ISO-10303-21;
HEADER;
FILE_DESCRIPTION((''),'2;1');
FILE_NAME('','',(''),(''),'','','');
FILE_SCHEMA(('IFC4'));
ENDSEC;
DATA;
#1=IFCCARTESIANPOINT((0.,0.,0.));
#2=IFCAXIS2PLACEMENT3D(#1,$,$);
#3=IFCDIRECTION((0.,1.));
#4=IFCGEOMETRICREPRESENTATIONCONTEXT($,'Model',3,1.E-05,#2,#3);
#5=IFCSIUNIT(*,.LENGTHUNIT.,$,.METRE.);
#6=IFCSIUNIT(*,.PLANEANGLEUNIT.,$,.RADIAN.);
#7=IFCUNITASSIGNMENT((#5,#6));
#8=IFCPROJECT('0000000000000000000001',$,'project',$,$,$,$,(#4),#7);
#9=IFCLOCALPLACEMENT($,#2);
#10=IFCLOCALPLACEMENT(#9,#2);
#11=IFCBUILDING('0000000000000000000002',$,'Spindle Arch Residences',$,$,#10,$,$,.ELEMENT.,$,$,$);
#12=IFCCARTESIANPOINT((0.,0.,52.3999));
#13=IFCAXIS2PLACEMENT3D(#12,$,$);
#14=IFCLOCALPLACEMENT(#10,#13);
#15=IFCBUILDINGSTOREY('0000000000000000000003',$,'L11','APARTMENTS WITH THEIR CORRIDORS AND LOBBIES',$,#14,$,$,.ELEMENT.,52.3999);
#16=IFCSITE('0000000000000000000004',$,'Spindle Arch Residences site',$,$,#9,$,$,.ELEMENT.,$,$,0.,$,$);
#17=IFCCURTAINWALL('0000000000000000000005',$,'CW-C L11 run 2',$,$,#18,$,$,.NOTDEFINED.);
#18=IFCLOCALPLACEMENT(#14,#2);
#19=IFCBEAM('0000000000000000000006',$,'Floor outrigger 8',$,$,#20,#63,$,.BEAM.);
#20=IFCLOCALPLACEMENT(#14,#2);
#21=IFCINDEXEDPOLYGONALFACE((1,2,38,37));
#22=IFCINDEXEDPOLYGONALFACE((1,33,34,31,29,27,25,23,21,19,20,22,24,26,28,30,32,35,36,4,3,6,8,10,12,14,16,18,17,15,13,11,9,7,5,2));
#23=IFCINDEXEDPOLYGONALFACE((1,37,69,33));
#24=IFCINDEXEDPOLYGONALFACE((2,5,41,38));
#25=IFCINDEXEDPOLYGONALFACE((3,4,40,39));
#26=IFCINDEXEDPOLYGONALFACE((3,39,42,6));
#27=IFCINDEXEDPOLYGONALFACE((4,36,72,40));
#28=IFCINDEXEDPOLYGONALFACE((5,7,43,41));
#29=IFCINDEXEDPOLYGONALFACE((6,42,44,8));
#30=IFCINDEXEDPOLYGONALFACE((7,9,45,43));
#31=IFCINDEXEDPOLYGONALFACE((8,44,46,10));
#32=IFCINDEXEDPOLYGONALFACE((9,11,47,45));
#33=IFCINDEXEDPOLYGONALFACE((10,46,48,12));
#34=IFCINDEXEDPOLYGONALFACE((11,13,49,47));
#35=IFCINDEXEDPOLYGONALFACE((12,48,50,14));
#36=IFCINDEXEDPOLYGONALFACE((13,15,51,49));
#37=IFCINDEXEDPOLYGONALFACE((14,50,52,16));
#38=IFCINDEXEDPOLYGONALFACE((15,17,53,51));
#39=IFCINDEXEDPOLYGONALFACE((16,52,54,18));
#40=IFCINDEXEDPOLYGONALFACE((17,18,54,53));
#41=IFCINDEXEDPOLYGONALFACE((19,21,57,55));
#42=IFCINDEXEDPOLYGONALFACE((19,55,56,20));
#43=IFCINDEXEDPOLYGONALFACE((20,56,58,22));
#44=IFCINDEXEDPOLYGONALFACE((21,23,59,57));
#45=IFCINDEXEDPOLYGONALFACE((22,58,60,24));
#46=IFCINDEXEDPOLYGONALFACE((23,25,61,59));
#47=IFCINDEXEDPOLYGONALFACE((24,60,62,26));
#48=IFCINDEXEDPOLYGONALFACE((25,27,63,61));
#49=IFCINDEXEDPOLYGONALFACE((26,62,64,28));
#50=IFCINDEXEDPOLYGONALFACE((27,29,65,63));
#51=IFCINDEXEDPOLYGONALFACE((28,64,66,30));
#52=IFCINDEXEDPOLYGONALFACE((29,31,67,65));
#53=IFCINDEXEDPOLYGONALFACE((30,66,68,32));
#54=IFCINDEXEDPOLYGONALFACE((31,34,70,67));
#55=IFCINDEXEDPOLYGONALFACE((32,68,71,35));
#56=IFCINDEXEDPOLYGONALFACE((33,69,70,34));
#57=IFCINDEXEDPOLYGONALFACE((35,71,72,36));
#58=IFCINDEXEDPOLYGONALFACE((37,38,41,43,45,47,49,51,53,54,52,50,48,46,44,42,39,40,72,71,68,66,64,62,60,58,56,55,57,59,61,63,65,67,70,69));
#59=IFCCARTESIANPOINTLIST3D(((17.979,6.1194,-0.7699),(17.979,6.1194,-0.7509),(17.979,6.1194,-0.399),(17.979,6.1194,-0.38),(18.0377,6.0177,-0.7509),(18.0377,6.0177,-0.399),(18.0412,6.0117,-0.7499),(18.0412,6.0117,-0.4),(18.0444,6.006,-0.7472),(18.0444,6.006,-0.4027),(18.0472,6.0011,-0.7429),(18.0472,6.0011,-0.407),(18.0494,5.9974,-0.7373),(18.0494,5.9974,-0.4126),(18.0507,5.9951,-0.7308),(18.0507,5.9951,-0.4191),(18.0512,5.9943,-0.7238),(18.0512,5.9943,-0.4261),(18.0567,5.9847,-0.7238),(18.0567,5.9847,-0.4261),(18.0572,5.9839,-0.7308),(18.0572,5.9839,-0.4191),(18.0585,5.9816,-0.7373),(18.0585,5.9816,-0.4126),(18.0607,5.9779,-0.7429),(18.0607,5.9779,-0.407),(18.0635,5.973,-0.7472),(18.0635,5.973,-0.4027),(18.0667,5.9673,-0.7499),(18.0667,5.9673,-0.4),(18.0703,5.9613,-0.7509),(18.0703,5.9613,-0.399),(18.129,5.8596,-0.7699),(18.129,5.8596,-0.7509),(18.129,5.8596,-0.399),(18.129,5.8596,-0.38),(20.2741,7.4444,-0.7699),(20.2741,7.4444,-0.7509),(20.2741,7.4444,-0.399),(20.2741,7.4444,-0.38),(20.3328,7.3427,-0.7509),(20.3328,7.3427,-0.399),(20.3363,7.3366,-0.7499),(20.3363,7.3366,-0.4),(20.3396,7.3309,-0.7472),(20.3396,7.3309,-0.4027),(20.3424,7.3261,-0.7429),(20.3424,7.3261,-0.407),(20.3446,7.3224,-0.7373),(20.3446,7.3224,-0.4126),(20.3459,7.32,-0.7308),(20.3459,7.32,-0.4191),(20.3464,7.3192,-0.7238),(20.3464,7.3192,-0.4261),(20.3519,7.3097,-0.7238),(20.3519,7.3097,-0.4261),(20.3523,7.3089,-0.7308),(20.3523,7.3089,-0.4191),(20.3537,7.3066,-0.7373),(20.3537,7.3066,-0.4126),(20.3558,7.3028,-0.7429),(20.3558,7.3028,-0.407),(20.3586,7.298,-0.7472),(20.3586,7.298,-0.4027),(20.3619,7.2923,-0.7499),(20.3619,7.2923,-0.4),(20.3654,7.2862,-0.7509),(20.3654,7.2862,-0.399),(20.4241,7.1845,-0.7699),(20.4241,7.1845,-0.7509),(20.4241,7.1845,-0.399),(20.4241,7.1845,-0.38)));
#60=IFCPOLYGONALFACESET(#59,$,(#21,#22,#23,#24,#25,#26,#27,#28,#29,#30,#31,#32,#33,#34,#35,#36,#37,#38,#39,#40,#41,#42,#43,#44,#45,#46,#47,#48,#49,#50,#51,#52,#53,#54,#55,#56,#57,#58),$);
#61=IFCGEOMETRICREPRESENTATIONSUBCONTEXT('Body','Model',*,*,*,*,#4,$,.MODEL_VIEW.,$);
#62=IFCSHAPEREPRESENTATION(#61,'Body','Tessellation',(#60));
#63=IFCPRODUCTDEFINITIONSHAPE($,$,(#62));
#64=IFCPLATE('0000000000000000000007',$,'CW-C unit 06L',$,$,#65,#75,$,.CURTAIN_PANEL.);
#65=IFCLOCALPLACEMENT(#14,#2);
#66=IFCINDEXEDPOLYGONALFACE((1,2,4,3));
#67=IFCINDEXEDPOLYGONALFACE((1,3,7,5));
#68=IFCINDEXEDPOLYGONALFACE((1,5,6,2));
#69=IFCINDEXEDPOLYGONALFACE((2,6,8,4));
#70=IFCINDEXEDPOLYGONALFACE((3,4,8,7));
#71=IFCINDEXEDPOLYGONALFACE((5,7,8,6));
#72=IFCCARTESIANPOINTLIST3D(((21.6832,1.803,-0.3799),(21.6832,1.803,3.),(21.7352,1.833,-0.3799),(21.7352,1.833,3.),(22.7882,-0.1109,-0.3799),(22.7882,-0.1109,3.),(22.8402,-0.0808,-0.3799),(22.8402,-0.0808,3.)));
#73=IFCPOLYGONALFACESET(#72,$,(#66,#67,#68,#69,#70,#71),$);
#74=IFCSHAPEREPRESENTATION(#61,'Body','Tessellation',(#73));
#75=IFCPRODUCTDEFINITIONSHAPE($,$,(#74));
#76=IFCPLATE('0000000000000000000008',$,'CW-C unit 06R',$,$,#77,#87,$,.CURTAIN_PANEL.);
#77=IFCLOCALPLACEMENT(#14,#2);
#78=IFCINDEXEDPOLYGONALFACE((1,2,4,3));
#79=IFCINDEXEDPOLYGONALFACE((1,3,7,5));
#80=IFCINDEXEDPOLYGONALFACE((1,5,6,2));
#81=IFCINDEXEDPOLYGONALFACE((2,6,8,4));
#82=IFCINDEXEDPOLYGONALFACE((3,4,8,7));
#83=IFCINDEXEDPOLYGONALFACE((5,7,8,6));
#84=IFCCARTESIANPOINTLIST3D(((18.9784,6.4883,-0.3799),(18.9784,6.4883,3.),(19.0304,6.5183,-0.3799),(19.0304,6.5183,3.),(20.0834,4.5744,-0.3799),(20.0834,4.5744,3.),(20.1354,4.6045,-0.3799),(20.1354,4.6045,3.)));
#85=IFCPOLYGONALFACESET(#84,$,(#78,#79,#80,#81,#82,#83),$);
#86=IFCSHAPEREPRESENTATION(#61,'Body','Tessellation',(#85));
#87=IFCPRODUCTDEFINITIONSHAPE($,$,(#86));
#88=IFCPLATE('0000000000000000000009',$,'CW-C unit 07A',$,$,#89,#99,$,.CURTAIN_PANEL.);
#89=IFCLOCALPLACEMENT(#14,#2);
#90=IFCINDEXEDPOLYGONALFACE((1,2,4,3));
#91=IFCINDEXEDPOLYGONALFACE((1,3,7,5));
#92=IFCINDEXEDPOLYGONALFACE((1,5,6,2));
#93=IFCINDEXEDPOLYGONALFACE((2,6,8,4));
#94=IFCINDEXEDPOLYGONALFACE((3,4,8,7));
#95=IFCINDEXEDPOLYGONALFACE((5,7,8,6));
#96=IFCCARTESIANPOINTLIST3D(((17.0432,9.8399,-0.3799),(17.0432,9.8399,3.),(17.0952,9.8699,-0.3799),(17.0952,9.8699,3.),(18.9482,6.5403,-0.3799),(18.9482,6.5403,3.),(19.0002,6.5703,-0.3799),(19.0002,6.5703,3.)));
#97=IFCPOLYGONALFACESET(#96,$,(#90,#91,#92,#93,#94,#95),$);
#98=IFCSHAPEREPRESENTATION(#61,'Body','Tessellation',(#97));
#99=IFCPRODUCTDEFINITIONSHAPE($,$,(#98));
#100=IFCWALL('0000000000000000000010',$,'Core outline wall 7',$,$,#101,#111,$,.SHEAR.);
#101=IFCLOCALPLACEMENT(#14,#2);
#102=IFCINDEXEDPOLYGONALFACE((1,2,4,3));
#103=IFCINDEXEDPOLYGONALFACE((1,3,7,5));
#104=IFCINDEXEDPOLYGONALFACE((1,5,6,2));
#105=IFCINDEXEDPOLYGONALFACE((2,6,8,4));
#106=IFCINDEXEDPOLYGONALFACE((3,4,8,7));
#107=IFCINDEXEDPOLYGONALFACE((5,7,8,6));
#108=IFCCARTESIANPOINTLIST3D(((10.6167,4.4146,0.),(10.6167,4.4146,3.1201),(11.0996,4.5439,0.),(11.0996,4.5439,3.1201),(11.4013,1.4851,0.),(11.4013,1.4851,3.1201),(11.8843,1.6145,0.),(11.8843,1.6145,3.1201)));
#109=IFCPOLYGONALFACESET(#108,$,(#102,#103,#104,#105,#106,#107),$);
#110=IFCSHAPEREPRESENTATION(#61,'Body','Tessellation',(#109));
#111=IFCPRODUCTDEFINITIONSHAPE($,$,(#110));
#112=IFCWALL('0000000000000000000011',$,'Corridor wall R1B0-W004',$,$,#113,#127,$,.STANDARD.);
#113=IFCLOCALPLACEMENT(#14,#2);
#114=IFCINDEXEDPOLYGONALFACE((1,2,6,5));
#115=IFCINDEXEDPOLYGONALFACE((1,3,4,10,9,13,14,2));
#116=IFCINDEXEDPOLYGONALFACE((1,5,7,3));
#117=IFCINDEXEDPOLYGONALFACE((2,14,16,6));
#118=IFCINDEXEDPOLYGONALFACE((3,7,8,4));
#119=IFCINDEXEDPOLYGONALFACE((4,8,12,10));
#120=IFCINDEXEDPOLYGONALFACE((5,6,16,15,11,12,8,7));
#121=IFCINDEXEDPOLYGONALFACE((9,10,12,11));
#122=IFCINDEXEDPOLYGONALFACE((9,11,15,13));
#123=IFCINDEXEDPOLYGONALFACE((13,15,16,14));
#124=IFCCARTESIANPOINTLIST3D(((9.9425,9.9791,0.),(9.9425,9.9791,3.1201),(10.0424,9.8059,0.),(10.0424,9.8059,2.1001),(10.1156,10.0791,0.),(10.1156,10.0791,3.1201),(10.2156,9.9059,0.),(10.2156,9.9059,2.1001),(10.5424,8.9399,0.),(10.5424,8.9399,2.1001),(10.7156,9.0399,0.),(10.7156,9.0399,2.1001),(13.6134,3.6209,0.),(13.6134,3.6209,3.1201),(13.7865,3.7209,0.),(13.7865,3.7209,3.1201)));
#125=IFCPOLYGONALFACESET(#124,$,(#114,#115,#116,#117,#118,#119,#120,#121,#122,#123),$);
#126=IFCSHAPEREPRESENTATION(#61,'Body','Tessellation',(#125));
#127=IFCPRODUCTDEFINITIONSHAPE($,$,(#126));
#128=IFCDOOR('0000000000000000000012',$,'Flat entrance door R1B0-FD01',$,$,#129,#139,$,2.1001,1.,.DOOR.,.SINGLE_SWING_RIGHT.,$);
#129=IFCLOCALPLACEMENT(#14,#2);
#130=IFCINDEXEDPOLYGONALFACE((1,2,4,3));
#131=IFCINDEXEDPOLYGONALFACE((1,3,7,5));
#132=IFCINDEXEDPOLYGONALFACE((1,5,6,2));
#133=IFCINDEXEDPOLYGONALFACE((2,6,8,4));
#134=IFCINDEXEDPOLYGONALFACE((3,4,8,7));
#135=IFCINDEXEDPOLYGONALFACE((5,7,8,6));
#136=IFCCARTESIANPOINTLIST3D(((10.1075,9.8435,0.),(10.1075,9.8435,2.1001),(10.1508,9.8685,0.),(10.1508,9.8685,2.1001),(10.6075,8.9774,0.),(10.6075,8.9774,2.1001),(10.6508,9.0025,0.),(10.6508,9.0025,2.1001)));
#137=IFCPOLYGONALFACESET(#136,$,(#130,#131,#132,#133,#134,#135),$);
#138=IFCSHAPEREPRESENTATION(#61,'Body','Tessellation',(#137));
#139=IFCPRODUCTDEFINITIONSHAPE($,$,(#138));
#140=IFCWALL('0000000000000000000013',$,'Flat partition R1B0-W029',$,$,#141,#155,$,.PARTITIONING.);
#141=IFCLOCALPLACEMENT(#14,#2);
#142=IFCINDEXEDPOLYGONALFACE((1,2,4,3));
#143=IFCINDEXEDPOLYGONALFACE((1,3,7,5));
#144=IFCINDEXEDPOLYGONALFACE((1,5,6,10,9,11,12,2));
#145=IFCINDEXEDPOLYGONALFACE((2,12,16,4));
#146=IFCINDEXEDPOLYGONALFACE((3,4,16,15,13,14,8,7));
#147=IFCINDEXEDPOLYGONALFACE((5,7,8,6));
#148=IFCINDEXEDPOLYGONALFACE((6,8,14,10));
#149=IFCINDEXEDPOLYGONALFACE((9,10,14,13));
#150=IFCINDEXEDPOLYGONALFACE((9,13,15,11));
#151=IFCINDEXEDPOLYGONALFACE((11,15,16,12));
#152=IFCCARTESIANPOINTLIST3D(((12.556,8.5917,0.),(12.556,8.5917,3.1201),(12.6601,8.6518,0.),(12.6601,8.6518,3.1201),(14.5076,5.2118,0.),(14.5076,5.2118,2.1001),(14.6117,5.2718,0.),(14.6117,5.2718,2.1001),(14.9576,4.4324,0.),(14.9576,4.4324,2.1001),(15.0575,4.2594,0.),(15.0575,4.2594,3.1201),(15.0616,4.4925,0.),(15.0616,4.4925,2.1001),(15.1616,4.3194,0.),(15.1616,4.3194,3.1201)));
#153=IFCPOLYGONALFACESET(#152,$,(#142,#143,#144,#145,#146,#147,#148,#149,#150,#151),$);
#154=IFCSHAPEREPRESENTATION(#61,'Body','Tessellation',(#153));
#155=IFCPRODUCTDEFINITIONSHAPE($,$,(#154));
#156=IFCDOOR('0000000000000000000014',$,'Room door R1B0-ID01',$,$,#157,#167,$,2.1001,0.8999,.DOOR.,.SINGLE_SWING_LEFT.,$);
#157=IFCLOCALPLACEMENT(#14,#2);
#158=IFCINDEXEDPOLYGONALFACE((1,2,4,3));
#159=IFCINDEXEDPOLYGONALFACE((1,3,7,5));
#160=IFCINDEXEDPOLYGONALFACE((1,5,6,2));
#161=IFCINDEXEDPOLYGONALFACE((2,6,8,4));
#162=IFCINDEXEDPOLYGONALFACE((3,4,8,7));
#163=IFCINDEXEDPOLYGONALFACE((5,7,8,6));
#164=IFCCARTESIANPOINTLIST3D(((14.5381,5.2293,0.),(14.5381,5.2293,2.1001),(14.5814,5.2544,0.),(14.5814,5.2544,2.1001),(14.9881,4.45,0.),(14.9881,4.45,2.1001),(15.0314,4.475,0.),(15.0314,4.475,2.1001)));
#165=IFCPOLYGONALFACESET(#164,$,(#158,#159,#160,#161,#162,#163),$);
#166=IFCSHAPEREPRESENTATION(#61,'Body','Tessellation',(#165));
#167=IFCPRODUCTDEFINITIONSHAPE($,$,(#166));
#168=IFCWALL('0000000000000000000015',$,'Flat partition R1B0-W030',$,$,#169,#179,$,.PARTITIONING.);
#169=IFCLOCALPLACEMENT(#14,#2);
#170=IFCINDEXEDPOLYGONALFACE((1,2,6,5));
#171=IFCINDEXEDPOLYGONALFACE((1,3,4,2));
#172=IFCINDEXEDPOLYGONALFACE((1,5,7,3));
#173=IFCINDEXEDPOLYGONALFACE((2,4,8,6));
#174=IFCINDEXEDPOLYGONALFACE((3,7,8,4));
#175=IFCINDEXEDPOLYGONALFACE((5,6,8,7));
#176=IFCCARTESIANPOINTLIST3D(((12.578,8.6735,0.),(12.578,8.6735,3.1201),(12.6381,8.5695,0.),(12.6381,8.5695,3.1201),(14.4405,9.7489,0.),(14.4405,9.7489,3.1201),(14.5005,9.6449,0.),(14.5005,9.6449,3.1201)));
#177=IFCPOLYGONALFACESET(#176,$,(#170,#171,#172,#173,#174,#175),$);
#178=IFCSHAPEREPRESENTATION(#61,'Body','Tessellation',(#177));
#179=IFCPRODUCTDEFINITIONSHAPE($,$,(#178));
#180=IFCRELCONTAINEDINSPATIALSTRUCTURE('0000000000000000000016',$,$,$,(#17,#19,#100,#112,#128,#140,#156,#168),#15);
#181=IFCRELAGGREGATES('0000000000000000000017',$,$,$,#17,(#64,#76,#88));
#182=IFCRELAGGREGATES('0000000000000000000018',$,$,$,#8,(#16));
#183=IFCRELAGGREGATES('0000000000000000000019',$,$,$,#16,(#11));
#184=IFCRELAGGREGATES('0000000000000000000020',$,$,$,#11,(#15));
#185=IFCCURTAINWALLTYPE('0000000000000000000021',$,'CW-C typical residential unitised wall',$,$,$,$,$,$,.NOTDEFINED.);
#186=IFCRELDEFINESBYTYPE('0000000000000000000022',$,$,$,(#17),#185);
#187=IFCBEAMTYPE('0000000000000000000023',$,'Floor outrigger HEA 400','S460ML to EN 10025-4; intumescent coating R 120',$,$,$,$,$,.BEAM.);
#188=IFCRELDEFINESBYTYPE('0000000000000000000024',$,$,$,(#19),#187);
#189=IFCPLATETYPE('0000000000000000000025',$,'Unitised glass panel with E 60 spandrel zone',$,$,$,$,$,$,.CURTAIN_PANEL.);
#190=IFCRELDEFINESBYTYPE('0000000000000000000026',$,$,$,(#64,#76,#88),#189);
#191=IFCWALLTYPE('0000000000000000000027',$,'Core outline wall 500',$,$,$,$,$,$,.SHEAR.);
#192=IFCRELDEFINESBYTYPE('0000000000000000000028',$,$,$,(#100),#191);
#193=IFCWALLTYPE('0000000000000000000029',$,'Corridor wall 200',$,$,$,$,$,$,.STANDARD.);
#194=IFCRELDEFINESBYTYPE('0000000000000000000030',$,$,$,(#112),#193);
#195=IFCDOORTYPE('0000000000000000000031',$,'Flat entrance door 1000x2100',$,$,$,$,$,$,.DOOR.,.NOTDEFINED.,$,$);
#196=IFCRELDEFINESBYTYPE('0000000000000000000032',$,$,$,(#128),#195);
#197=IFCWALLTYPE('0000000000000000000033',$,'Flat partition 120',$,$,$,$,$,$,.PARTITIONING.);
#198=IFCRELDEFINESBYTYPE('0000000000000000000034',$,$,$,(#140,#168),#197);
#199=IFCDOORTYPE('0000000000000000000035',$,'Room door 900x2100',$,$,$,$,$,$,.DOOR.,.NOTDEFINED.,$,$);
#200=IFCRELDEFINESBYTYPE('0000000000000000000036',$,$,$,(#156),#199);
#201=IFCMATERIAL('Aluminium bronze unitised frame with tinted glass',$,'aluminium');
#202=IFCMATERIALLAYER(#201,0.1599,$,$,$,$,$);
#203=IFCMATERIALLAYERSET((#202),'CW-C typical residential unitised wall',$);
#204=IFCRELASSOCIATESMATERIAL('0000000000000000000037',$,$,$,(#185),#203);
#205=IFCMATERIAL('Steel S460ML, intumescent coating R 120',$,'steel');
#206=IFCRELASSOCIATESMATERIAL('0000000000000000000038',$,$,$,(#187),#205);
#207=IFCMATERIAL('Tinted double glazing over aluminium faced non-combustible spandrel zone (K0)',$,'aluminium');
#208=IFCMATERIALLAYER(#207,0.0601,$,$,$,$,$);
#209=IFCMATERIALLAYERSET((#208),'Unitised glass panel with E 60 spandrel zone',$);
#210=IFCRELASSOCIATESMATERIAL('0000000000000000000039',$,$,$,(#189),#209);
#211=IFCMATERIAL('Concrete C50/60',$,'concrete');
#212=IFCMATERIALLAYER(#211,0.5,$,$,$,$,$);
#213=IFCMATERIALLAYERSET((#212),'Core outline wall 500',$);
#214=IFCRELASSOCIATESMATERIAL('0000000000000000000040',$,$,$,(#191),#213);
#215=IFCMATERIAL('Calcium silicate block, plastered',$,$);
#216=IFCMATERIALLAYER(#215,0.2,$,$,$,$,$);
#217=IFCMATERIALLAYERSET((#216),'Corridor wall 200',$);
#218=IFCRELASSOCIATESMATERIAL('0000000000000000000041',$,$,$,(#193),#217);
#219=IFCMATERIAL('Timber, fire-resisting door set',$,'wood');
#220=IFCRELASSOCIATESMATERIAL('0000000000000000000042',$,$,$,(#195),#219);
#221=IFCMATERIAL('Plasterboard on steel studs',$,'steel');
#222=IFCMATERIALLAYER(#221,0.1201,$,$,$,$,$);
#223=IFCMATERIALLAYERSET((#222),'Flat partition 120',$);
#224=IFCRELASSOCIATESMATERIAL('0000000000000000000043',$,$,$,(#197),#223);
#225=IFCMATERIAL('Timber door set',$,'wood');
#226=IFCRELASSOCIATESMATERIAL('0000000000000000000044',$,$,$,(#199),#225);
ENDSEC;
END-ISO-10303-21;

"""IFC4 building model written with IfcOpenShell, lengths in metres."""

from ifc_helpers import new_model, si_unit, direction, frame, frame_2d, origin, origin_2d, place, context, subcontext, project, spatial, rectangle, i_section, extrude, material, layer, layer_set, material_profile, profile_set, type_object, element, fill, aggregate, save


model = new_model("IFC4")

# Units and contexts
model_context = context("Model", 3, precision=1e-05, world=origin(), true_north=direction((0.0, 1.0)))
body_context = subcontext(model_context, "Body", "Model", "MODEL_VIEW")
ifc_project = project(units=[si_unit("LENGTHUNIT", "METRE"), si_unit("PLANEANGLEUNIT", "RADIAN")], contexts=[model_context])

# Site, building, storey
site_placement = place(None, origin())
site = spatial("IfcSite", under=ifc_project, at=site_placement, Name="Spindle Arch Residences site", CompositionType="ELEMENT", RefElevation=0.0)
building_placement = place(site_placement, origin())
building = spatial("IfcBuilding", under=site, at=building_placement, Name="Spindle Arch Residences", CompositionType="ELEMENT")
storey_placement = place(building_placement, frame((0.0, 0.0, 52.3999)))
storey = spatial("IfcBuildingStorey", under=building, at=storey_placement, Name="L11", Description="APARTMENTS WITH THEIR CORRIDORS AND LOBBIES", CompositionType="ELEMENT", Elevation=52.3999)

# Curtain wall
ifc_material_1 = material(Name="Aluminium bronze unitised frame with tinted glass", Category="aluminium")
ifc_layer_1 = layer(ifc_material_1, 0.1599)
ifc_layer_set_1 = layer_set([ifc_layer_1], Name="CW-C typical residential unitised wall")
curtain_wall_type = type_object("IfcCurtainWallType", Name="CW-C typical residential unitised wall", PredefinedType="NOTDEFINED", material=ifc_layer_set_1)
curtain_wall_placement = place(storey_placement, origin())
curtain_wall = element("IfcCurtainWall", 1, at=curtain_wall_placement, inside=storey, type_object=curtain_wall_type, Name="CW-C L11 run 2", PredefinedType="NOTDEFINED")

# Beam
ifc_material_2 = material(Name="Steel S460ML, intumescent coating R 120", Category="steel")
ifc_material_profile_1 = material_profile(ifc_material_2, i_section(OverallWidth=0.3, OverallDepth=0.3899, WebThickness=0.011, FlangeThickness=0.019, FilletRadius=0.0271, at=origin_2d()), Name="HEA 400")
ifc_profile_set_1 = profile_set([ifc_material_profile_1], Name="Steel S460ML, intumescent coating R 120")
beam_type_1 = type_object("IfcBeamType", Name="Floor outrigger HEA 400", Description="S460ML to EN 10025-4; intumescent coating R 120", PredefinedType="BEAM", material=ifc_profile_set_1)
beam_1_placement = place(storey_placement, frame((20.3491, 7.3145, -0.575), z_axis=(-0.866052, -0.499954, 0.0), x_axis=(0.499954, -0.866052, 0.0)))
element("IfcBeam", 2, at=beam_1_placement, inside=storey, type_object=beam_type_1, Name="Floor outrigger 8", PredefinedType="BEAM", context=body_context, shape_type="SweptSolid", body=[
    extrude(i_section(OverallWidth=0.3, OverallDepth=0.3899, WebThickness=0.011, FlangeThickness=0.019, FilletRadius=0.0271, at=origin_2d()), origin(), (0.0, 0.0, 1.0), 2.6501),
])

# Plates
ifc_material_3 = material(Name="Tinted double glazing over aluminium faced non-combustible spandrel zone (K0)", Category="aluminium")
ifc_layer_2 = layer(ifc_material_3, 0.0601)
ifc_layer_set_2 = layer_set([ifc_layer_2], Name="Unitised glass panel with E 60 spandrel zone")
plate_type = type_object("IfcPlateType", Name="Unitised glass panel with E 60 spandrel zone", PredefinedType="CURTAIN_PANEL", material=ifc_layer_set_2)
plate_1_placement = place(storey_placement, frame((22.2617, 0.8611, -0.3799), z_axis=(0.0, 0.0, 1.0), x_axis=(-0.5, 0.866025, 0.0)))
plate_1 = element("IfcPlate", 3, at=plate_1_placement, type_object=plate_type, Name="CW-C unit 06L", PredefinedType="CURTAIN_PANEL", context=body_context, shape_type="SweptSolid", body=[
    extrude(rectangle(XDim=2.21, YDim=0.0601, at=origin_2d()), origin(), (0.0, 0.0, 1.0), 3.3799),
])
plate_2_placement = place(storey_placement, frame((19.5569, 5.5464, -0.3799), z_axis=(0.0, 0.0, 1.0), x_axis=(-0.5, 0.866025, 0.0)))
plate_2 = element("IfcPlate", 4, at=plate_2_placement, type_object=plate_type, Name="CW-C unit 06R", PredefinedType="CURTAIN_PANEL", context=body_context, shape_type="SweptSolid", body=[
    extrude(rectangle(XDim=2.21, YDim=0.0601, at=origin_2d()), origin(), (0.0, 0.0, 1.0), 3.3799),
])
plate_3_placement = place(storey_placement, frame((18.0217, 8.2051, -0.3799), z_axis=(0.0, 0.0, 1.0), x_axis=(-0.5, 0.866025, 0.0)))
plate_3 = element("IfcPlate", 5, at=plate_3_placement, type_object=plate_type, Name="CW-C unit 07A", PredefinedType="CURTAIN_PANEL", context=body_context, shape_type="SweptSolid", body=[
    extrude(rectangle(XDim=3.8101, YDim=0.0601, at=origin_2d()), origin(), (0.0, 0.0, 1.0), 3.3799),
])
aggregate(curtain_wall, [plate_1, plate_2, plate_3])

# Wall
ifc_material_4 = material(Name="Concrete C50/60", Category="concrete")
ifc_layer_3 = layer(ifc_material_4, 0.5)
ifc_layer_set_3 = layer_set([ifc_layer_3], Name="Core outline wall 500")
wall_type_1 = type_object("IfcWallType", Name="Core outline wall 500", PredefinedType="SHEAR", material=ifc_layer_set_3)
wall_1_placement = place(storey_placement, frame((11.6428, 1.5498, 0.0), z_axis=(0.0, 0.0, 1.0), x_axis=(-0.258735, 0.965948, 0.0)))
element("IfcWall", 6, at=wall_1_placement, inside=storey, type_object=wall_type_1, Name="Core outline wall 7", PredefinedType="SHEAR", context=body_context, shape_type="SweptSolid", body=[
    extrude(rectangle(XDim=3.0327, YDim=0.5, at=frame_2d((1.5164, 0.0))), origin(), (0.0, 0.0, 1.0), 3.1201),
])

# Walls, openings, doors
ifc_material_5 = material(Name="Calcium silicate block, plastered")
ifc_layer_4 = layer(ifc_material_5, 0.2)
ifc_layer_set_4 = layer_set([ifc_layer_4], Name="Corridor wall 200")
wall_type_2 = type_object("IfcWallType", Name="Corridor wall 200", PredefinedType="STANDARD", material=ifc_layer_set_4)
wall_2_placement = place(storey_placement, frame((13.7, 3.6709, 0.0), z_axis=(0.0, 0.0, 1.0), x_axis=(-0.500002, 0.866024, 0.0)))
wall_2 = element("IfcWall", 7, at=wall_2_placement, inside=storey, type_object=wall_type_2, Name="Corridor wall R1B0-W004", PredefinedType="STANDARD", context=body_context, shape_type="SweptSolid", body=[
    extrude(rectangle(XDim=7.3418, YDim=0.2, at=frame_2d((3.6709, 0.0))), origin(), (0.0, 0.0, 1.0), 3.1201),
])
opening_1_placement = place(wall_2_placement, frame((6.1418, 0.0, 0.0)))
opening_1 = element("IfcOpeningElement", 8, at=opening_1_placement, cuts=wall_2, PredefinedType="OPENING", context=body_context, shape_type="SweptSolid", body=[
    extrude(rectangle(XDim=1.0, YDim=2.1001, at=frame_2d((0.5, 1.05))), frame((0.0, 0.1099, 0.0), z_axis=(0.0, -1.0, 0.0), x_axis=(1.0, 0.0, 0.0)), (0.0, 0.0, 1.0), 0.22),
])
ifc_material_6 = material(Name="Timber, fire-resisting door set", Category="wood")
door_type_1 = type_object("IfcDoorType", Name="Flat entrance door 1000x2100", OperationType="NOTDEFINED", PredefinedType="DOOR", material=ifc_material_6)
door_1_placement = place(opening_1_placement, origin())
door_1 = element("IfcDoor", 9, at=door_1_placement, inside=storey, type_object=door_type_1, Name="Flat entrance door R1B0-FD01", OperationType="SINGLE_SWING_RIGHT", OverallHeight=2.1001, OverallWidth=1.0, PredefinedType="DOOR", context=body_context, shape_type="SweptSolid", body=[
    extrude(rectangle(XDim=1.0, YDim=2.1001, at=frame_2d((0.5, 1.05))), frame((0.0, 0.0249, 0.0), z_axis=(0.0, -1.0, 0.0), x_axis=(1.0, 0.0, 0.0)), (0.0, 0.0, 1.0), 0.05),
])
fill(opening_1, door_1)
ifc_material_7 = material(Name="Plasterboard on steel studs", Category="steel")
ifc_layer_5 = layer(ifc_material_7, 0.1201)
ifc_layer_set_5 = layer_set([ifc_layer_5], Name="Flat partition 120")
wall_type_3 = type_object("IfcWallType", Name="Flat partition 120", PredefinedType="PARTITIONING", material=ifc_layer_set_5)
wall_3_placement = place(storey_placement, frame((15.1096, 4.2893, 0.0), z_axis=(0.0, 0.0, 1.0), x_axis=(-0.500034, 0.866006, 0.0)))
wall_3 = element("IfcWall", 10, at=wall_3_placement, inside=storey, type_object=wall_type_3, Name="Flat partition R1B0-W029", PredefinedType="PARTITIONING", context=body_context, shape_type="SweptSolid", body=[
    extrude(rectangle(XDim=5.0027, YDim=0.1201, at=frame_2d((2.5015, 0.0))), origin(), (0.0, 0.0, 1.0), 3.1201),
])
opening_2_placement = place(wall_3_placement, frame((0.2, 0.0, 0.0)))
opening_2 = element("IfcOpeningElement", 11, at=opening_2_placement, cuts=wall_3, PredefinedType="OPENING", context=body_context, shape_type="SweptSolid", body=[
    extrude(rectangle(XDim=0.8999, YDim=2.1001, at=frame_2d((0.45, 1.05))), frame((0.0, 0.0701, 0.0), z_axis=(0.0, -1.0, 0.0), x_axis=(1.0, 0.0, 0.0)), (0.0, 0.0, 1.0), 0.1401),
])
ifc_material_8 = material(Name="Timber door set", Category="wood")
door_type_2 = type_object("IfcDoorType", Name="Room door 900x2100", OperationType="NOTDEFINED", PredefinedType="DOOR", material=ifc_material_8)
door_2_placement = place(opening_2_placement, origin())
door_2 = element("IfcDoor", 12, at=door_2_placement, inside=storey, type_object=door_type_2, Name="Room door R1B0-ID01", OperationType="SINGLE_SWING_LEFT", OverallHeight=2.1001, OverallWidth=0.8999, PredefinedType="DOOR", context=body_context, shape_type="SweptSolid", body=[
    extrude(rectangle(XDim=0.8999, YDim=2.1001, at=frame_2d((0.45, 1.05))), frame((0.0, 0.0249, 0.0), z_axis=(0.0, -1.0, 0.0), x_axis=(1.0, 0.0, 0.0)), (0.0, 0.0, 1.0), 0.05),
])
fill(opening_2, door_2)

# Wall
wall_4_placement = place(storey_placement, frame((12.6082, 8.6216, 0.0), z_axis=(0.0, 0.0, 1.0), x_axis=(0.866006, 0.500034, 0.0)))
element("IfcWall", 13, at=wall_4_placement, inside=storey, type_object=wall_type_3, Name="Flat partition R1B0-W030", PredefinedType="PARTITIONING", context=body_context, shape_type="SweptSolid", body=[
    extrude(rectangle(XDim=2.1506, YDim=0.1201, at=frame_2d((1.0752, 0.0))), origin(), (0.0, 0.0, 1.0), 3.1201),
])

save(model, "model.ifc")
